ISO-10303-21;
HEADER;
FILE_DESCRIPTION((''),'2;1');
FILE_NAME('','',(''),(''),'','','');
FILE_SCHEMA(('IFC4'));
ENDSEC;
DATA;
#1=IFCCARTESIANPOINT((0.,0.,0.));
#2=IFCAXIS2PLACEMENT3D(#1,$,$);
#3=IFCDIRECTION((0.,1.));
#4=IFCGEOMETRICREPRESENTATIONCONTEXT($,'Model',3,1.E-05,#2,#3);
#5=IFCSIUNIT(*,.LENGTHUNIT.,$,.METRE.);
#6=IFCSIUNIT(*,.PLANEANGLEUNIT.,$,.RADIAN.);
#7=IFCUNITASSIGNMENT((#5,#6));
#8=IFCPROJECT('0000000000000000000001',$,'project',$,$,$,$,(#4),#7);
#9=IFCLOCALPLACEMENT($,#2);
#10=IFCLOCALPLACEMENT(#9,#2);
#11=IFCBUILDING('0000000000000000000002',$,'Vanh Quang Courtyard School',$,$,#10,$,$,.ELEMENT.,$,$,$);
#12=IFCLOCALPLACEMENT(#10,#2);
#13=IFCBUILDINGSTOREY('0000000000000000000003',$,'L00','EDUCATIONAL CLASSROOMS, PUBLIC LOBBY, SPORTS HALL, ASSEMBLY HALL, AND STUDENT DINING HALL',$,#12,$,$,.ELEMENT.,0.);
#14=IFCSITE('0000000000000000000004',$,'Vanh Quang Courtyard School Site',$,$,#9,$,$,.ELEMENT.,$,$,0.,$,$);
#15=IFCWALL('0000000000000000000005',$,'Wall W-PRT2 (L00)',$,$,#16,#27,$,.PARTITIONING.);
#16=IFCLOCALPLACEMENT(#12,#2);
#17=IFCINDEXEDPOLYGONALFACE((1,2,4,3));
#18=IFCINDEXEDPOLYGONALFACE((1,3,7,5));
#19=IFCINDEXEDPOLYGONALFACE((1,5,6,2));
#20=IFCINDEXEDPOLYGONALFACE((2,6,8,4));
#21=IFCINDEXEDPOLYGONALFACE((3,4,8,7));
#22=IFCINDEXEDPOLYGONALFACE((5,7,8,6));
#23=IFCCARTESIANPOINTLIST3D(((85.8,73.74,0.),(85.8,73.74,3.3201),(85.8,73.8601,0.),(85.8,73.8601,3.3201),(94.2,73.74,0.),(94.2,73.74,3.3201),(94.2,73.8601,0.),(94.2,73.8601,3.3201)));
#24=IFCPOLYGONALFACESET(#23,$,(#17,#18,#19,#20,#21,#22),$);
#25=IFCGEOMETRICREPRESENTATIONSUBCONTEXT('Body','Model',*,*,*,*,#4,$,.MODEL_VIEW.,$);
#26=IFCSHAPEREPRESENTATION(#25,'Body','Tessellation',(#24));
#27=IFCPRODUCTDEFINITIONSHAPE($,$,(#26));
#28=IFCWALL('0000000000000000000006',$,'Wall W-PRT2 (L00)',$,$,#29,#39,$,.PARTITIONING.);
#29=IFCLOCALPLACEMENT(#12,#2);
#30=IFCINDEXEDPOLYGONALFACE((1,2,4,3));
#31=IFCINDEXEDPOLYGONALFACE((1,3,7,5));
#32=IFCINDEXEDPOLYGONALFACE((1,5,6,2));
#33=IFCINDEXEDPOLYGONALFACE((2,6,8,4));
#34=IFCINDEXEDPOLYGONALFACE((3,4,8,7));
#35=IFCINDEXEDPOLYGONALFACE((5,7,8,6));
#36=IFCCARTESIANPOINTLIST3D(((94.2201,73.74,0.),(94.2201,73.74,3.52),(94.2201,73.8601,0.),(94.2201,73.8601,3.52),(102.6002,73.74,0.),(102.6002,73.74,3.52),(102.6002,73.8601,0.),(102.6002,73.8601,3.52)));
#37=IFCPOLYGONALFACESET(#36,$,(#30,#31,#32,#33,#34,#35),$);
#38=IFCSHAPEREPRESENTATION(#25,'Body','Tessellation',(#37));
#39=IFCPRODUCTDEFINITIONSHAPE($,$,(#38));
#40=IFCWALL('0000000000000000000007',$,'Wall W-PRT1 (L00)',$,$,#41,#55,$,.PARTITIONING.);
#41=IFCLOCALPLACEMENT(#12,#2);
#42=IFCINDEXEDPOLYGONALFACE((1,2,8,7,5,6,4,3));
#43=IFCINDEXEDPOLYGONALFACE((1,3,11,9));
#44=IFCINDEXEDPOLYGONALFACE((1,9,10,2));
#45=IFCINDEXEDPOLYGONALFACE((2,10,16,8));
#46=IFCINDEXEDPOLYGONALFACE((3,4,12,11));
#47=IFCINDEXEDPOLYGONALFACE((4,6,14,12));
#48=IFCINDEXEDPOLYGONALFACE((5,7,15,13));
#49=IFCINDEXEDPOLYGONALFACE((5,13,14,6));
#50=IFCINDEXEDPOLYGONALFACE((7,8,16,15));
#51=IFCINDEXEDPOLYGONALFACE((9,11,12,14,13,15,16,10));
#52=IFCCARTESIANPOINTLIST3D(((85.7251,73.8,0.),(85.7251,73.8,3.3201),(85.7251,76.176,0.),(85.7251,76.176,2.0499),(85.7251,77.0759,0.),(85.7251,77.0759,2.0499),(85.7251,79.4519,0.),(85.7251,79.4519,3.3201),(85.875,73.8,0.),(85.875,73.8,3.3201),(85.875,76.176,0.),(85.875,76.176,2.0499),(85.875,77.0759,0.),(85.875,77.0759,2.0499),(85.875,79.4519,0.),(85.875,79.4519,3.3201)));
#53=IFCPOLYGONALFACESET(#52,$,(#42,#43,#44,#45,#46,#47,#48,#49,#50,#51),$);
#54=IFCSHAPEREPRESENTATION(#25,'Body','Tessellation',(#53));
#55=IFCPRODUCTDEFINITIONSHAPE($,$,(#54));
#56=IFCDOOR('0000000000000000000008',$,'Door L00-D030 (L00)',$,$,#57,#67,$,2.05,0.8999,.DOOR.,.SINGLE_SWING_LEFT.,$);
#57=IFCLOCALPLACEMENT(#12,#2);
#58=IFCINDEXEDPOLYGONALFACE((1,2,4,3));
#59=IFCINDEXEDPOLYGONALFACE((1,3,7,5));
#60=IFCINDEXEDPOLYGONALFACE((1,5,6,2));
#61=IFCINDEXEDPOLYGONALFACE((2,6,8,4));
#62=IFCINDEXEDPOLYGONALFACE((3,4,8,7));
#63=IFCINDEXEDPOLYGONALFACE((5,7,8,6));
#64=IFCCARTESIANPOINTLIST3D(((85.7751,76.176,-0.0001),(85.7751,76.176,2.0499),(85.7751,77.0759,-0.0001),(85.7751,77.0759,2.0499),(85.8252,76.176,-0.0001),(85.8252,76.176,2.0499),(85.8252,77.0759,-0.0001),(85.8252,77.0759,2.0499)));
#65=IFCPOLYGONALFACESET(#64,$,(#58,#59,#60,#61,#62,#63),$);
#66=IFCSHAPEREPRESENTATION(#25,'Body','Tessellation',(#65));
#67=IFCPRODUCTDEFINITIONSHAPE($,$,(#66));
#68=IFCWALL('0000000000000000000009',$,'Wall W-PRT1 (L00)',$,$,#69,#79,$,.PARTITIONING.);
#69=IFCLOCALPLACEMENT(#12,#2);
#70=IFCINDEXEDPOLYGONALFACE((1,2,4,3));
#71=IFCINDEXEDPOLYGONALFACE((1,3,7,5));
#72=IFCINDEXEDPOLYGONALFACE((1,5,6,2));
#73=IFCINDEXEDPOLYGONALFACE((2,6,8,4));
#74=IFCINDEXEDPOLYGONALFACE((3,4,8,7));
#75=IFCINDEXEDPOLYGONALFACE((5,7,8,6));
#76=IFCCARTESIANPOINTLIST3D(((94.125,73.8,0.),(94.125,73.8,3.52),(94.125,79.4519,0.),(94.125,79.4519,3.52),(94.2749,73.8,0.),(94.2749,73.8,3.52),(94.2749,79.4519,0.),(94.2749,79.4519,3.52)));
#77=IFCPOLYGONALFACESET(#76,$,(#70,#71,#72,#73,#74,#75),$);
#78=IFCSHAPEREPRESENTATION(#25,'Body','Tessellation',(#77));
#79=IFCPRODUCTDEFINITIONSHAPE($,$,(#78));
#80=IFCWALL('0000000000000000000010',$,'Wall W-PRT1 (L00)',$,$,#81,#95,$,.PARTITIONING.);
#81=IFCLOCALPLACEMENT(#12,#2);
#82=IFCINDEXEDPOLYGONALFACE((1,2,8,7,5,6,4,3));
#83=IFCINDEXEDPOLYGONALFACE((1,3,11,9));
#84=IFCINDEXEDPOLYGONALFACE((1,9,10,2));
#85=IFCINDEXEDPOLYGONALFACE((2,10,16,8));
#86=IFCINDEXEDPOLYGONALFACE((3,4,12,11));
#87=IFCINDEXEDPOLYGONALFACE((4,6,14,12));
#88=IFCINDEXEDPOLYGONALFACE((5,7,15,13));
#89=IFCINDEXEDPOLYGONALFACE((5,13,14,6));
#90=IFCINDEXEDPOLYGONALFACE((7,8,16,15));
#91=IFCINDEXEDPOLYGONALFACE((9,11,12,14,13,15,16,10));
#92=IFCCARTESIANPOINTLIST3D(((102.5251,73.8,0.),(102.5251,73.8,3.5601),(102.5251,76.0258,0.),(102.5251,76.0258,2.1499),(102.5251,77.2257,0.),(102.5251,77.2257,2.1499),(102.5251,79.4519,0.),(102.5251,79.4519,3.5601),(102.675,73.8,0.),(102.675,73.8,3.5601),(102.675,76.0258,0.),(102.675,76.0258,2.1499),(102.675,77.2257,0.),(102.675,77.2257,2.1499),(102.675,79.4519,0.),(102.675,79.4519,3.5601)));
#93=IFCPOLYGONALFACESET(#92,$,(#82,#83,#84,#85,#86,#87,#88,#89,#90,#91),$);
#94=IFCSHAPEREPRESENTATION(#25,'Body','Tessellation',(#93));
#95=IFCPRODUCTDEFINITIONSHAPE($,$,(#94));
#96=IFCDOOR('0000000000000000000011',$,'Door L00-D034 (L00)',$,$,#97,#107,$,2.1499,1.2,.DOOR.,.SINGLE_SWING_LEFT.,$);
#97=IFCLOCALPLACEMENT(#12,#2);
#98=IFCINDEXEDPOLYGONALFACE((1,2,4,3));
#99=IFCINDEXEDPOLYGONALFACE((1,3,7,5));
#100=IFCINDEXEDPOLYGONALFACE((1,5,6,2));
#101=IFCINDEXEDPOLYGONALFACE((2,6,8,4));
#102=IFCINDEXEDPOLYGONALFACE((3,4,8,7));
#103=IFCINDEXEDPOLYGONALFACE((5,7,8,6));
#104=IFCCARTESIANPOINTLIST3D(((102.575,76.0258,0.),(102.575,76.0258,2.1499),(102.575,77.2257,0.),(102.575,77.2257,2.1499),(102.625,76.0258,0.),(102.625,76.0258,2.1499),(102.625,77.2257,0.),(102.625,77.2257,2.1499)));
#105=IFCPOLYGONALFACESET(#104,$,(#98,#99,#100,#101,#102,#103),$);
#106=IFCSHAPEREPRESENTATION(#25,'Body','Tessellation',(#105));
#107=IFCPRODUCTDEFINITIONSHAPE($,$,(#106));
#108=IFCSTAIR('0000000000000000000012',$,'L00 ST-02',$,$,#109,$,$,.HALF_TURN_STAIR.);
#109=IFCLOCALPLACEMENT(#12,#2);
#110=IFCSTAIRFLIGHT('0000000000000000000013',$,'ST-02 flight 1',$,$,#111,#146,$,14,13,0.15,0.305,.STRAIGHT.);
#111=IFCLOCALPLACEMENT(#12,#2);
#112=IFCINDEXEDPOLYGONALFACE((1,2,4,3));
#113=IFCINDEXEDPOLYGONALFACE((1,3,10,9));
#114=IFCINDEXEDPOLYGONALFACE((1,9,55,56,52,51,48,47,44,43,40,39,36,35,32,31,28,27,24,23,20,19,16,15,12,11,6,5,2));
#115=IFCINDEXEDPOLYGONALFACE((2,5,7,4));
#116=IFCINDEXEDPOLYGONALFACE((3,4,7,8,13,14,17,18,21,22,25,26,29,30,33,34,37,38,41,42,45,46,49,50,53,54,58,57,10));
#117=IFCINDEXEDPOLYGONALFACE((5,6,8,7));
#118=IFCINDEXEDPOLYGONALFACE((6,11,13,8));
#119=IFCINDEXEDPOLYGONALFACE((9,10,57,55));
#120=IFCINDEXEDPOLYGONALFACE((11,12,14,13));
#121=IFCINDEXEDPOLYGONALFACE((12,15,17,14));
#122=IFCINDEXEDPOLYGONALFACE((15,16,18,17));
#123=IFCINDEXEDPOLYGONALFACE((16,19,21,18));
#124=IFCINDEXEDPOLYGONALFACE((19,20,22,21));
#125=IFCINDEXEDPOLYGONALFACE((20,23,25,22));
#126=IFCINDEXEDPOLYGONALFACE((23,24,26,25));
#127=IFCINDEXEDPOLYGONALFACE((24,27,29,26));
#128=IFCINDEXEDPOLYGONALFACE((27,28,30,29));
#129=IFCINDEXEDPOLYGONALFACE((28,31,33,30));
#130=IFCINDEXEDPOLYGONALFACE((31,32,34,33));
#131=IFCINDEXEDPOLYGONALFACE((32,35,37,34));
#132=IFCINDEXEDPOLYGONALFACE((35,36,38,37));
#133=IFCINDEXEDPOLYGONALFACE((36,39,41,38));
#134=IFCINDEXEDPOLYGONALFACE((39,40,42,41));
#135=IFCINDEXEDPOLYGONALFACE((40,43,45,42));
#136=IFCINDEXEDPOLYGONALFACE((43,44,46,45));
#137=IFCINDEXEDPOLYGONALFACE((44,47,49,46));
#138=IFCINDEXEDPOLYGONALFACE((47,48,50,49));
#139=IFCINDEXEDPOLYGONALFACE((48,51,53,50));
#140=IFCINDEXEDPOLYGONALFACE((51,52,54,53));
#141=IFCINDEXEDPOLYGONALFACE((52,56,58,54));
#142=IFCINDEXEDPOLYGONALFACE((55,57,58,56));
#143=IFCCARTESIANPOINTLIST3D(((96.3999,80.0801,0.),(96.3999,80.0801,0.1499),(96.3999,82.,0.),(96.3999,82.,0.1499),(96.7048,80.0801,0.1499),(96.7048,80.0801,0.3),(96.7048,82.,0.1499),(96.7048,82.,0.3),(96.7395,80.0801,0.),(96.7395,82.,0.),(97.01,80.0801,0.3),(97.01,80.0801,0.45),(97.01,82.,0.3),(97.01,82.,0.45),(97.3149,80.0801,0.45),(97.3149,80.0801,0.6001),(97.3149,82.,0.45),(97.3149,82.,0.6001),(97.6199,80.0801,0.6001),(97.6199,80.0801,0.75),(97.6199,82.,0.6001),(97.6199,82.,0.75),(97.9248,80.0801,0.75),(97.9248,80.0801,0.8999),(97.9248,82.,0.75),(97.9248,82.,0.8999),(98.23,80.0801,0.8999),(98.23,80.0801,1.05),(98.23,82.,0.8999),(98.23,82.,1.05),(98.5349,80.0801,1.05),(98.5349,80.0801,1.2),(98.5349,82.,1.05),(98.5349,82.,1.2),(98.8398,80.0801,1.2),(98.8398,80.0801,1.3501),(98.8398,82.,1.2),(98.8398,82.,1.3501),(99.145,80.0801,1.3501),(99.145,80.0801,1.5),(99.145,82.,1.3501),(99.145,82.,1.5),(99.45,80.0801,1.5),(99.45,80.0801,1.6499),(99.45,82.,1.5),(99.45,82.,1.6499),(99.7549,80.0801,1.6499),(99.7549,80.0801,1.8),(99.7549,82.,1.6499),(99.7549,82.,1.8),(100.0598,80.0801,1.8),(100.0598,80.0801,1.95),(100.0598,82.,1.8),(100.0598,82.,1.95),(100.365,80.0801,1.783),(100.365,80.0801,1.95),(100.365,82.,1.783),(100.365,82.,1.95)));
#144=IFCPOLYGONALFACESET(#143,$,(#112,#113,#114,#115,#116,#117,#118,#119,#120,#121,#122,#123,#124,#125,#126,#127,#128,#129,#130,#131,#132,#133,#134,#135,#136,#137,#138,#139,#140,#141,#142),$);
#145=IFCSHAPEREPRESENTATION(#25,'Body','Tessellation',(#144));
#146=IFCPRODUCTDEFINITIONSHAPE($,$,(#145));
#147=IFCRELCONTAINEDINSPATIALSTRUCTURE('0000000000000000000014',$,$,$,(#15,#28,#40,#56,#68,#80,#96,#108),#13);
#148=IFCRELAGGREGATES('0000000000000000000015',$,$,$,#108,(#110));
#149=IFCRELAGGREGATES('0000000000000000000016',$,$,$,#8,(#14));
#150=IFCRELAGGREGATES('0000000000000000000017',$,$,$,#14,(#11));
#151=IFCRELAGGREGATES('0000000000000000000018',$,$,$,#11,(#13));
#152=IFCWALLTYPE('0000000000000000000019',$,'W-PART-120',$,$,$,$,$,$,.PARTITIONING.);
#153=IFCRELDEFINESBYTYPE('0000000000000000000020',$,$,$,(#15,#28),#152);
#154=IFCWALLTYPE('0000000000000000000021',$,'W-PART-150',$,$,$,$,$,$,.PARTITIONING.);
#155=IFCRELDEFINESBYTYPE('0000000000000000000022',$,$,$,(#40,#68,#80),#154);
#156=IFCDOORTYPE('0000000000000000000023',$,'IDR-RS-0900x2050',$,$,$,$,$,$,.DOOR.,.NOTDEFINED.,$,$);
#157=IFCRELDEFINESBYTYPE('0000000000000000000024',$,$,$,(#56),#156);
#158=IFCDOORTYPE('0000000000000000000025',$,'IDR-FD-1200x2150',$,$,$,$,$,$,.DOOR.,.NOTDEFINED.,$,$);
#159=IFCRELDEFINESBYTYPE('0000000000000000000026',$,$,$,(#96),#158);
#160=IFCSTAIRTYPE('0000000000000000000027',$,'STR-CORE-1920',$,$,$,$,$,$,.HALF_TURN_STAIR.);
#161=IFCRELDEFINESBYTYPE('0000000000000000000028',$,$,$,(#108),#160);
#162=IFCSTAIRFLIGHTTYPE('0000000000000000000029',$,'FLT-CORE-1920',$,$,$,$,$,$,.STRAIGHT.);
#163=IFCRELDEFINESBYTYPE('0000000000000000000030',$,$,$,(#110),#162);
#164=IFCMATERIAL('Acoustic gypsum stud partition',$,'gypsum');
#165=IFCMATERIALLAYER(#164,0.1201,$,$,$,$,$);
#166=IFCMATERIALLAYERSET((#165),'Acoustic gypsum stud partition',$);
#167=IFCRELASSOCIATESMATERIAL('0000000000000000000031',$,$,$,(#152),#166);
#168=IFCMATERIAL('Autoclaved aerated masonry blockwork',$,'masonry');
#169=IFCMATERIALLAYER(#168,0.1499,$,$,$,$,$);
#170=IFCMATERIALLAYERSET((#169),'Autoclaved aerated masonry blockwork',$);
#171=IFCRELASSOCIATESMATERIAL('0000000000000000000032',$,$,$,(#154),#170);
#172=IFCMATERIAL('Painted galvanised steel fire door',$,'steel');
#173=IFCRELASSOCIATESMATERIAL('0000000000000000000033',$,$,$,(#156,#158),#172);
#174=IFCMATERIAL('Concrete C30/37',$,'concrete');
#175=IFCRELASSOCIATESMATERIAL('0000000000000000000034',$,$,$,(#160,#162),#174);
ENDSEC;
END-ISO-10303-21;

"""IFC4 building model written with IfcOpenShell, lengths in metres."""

from ifc_helpers import new_model, si_unit, direction, frame, frame_2d, origin, place, context, subcontext, project, spatial, polyline, rectangle, outline, extrude, material, layer, layer_set, type_object, element, fill, aggregate, save


model = new_model("IFC4")

# Units and contexts
model_context = context("Model", 3, precision=1e-05, world=origin(), true_north=direction((0.0, 1.0)))
body_context = subcontext(model_context, "Body", "Model", "MODEL_VIEW")
ifc_project = project(units=[si_unit("LENGTHUNIT", "METRE"), si_unit("PLANEANGLEUNIT", "RADIAN")], contexts=[model_context])

# Site, building, storey
site_placement = place(None, origin())
site = spatial("IfcSite", under=ifc_project, at=site_placement, Name="Vanh Quang Courtyard School Site", CompositionType="ELEMENT", RefElevation=0.0)
building_placement = place(site_placement, origin())
building = spatial("IfcBuilding", under=site, at=building_placement, Name="Vanh Quang Courtyard School", CompositionType="ELEMENT")
storey_placement = place(building_placement, origin())
storey = spatial("IfcBuildingStorey", under=building, at=storey_placement, Name="L00", Description="EDUCATIONAL CLASSROOMS, PUBLIC LOBBY, SPORTS HALL, ASSEMBLY HALL, AND STUDENT DINING HALL", CompositionType="ELEMENT", Elevation=0.0)

# Shared definitions
ifc_material_1 = material(Name="Concrete C30/37", Category="concrete")

# Walls
ifc_material_2 = material(Name="Acoustic gypsum stud partition", Category="gypsum")
ifc_layer_1 = layer(ifc_material_2, 0.1201)
ifc_layer_set_1 = layer_set([ifc_layer_1], Name="Acoustic gypsum stud partition")
wall_type_1 = type_object("IfcWallType", Name="W-PART-120", PredefinedType="PARTITIONING", material=ifc_layer_set_1)
wall_1_placement = place(storey_placement, frame((94.2, 73.8, 0.0), z_axis=(0.0, 0.0, 1.0), x_axis=(-1.0, 0.0, 0.0)))
element("IfcWall", 1, at=wall_1_placement, inside=storey, type_object=wall_type_1, Name="Wall W-PRT2 (L00)", PredefinedType="PARTITIONING", context=body_context, shape_type="SweptSolid", body=[
    extrude(rectangle(XDim=8.3999, YDim=0.1201, at=frame_2d((4.2, 0.0))), origin(), (0.0, 0.0, 1.0), 3.3201),
])
wall_2_placement = place(storey_placement, frame((102.6001, 73.8, 0.0), z_axis=(0.0, 0.0, 1.0), x_axis=(-1.0, 0.0, 0.0)))
element("IfcWall", 2, at=wall_2_placement, inside=storey, type_object=wall_type_1, Name="Wall W-PRT2 (L00)", PredefinedType="PARTITIONING", context=body_context, shape_type="SweptSolid", body=[
    extrude(rectangle(XDim=8.3801, YDim=0.1201, at=frame_2d((4.1899, 0.0))), origin(), (0.0, 0.0, 1.0), 3.52),
])

# Wall, opening, door
ifc_material_3 = material(Name="Autoclaved aerated masonry blockwork", Category="masonry")
ifc_layer_2 = layer(ifc_material_3, 0.1499)
ifc_layer_set_2 = layer_set([ifc_layer_2], Name="Autoclaved aerated masonry blockwork")
wall_type_2 = type_object("IfcWallType", Name="W-PART-150", PredefinedType="PARTITIONING", material=ifc_layer_set_2)
wall_3_placement = place(storey_placement, frame((85.8, 73.8, 0.0), z_axis=(0.0, 0.0, 1.0), x_axis=(0.0, 1.0, 0.0)))
wall_3 = element("IfcWall", 3, at=wall_3_placement, inside=storey, type_object=wall_type_2, Name="Wall W-PRT1 (L00)", PredefinedType="PARTITIONING", context=body_context, shape_type="SweptSolid", body=[
    extrude(rectangle(XDim=5.6519, YDim=0.1499, at=frame_2d((2.8259, 0.0))), origin(), (0.0, 0.0, 1.0), 3.3201),
])
opening_1_placement = place(wall_3_placement, frame((2.376, 0.0, 0.0)))
opening_1 = element("IfcOpeningElement", 4, at=opening_1_placement, cuts=wall_3, PredefinedType="OPENING", context=body_context, shape_type="SweptSolid", body=[
    extrude(rectangle(XDim=0.8999, YDim=2.05, at=frame_2d((0.45, 1.0249))), frame((0.0, 0.085, 0.0), z_axis=(0.0, -1.0, 0.0), x_axis=(1.0, 0.0, 0.0)), (0.0, 0.0, 1.0), 0.1699),
])
ifc_material_4 = material(Name="Painted galvanised steel fire door", Category="steel")
door_type_1 = type_object("IfcDoorType", Name="IDR-RS-0900x2050", OperationType="NOTDEFINED", PredefinedType="DOOR", material=ifc_material_4)
door_1_placement = place(opening_1_placement, origin())
door_1 = element("IfcDoor", 5, at=door_1_placement, inside=storey, type_object=door_type_1, Name="Door L00-D030 (L00)", OperationType="SINGLE_SWING_LEFT", OverallHeight=2.05, OverallWidth=0.8999, PredefinedType="DOOR", context=body_context, shape_type="SweptSolid", body=[
    extrude(rectangle(XDim=0.8999, YDim=2.05, at=frame_2d((0.45, 1.0249))), frame((0.0, 0.0249, 0.0), z_axis=(0.0, -1.0, 0.0), x_axis=(1.0, 0.0, 0.0)), (0.0, 0.0, 1.0), 0.05),
])
fill(opening_1, door_1)

# Wall
wall_4_placement = place(storey_placement, frame((94.2, 79.4519, 0.0), z_axis=(0.0, 0.0, 1.0), x_axis=(0.0, -1.0, 0.0)))
element("IfcWall", 6, at=wall_4_placement, inside=storey, type_object=wall_type_2, Name="Wall W-PRT1 (L00)", PredefinedType="PARTITIONING", context=body_context, shape_type="SweptSolid", body=[
    extrude(rectangle(XDim=5.6519, YDim=0.1499, at=frame_2d((2.8259, 0.0))), origin(), (0.0, 0.0, 1.0), 3.52),
])

# Wall, opening, door
wall_5_placement = place(storey_placement, frame((102.6001, 79.4519, 0.0), z_axis=(0.0, 0.0, 1.0), x_axis=(0.0, -1.0, 0.0)))
wall_5 = element("IfcWall", 7, at=wall_5_placement, inside=storey, type_object=wall_type_2, Name="Wall W-PRT1 (L00)", PredefinedType="PARTITIONING", context=body_context, shape_type="SweptSolid", body=[
    extrude(rectangle(XDim=5.6519, YDim=0.1499, at=frame_2d((2.8259, 0.0))), origin(), (0.0, 0.0, 1.0), 3.5601),
])
opening_2_placement = place(wall_5_placement, frame((2.2261, 0.0, 0.0)))
opening_2 = element("IfcOpeningElement", 8, at=opening_2_placement, cuts=wall_5, PredefinedType="OPENING", context=body_context, shape_type="SweptSolid", body=[
    extrude(rectangle(XDim=1.2, YDim=2.1499, at=frame_2d((0.6001, 1.075))), frame((0.0, 0.085, 0.0), z_axis=(0.0, -1.0, 0.0), x_axis=(1.0, 0.0, 0.0)), (0.0, 0.0, 1.0), 0.1699),
])
door_type_2 = type_object("IfcDoorType", Name="IDR-FD-1200x2150", OperationType="NOTDEFINED", PredefinedType="DOOR", material=ifc_material_4)
door_2_placement = place(opening_2_placement, origin())
door_2 = element("IfcDoor", 9, at=door_2_placement, inside=storey, type_object=door_type_2, Name="Door L00-D034 (L00)", OperationType="SINGLE_SWING_LEFT", OverallHeight=2.1499, OverallWidth=1.2, PredefinedType="DOOR", context=body_context, shape_type="SweptSolid", body=[
    extrude(rectangle(XDim=1.2, YDim=2.1499, at=frame_2d((0.6001, 1.075))), frame((0.0, 0.0249, 0.0), z_axis=(0.0, -1.0, 0.0), x_axis=(1.0, 0.0, 0.0)), (0.0, 0.0, 1.0), 0.05),
])
fill(opening_2, door_2)

# Stair, stair flight
stair_type = type_object("IfcStairType", Name="STR-CORE-1920", PredefinedType="HALF_TURN_STAIR", material=ifc_material_1)
stair_placement = place(storey_placement, origin())
stair = element("IfcStair", 10, at=stair_placement, inside=storey, type_object=stair_type, Name="L00 ST-02", PredefinedType="HALF_TURN_STAIR")
stair_flight_type = type_object("IfcStairFlightType", Name="FLT-CORE-1920", PredefinedType="STRAIGHT", material=ifc_material_1)
stair_flight_placement = place(storey_placement, frame((96.3999, 81.04, 0.0), z_axis=(0.0, 0.0, 1.0), x_axis=(1.0, 0.0, 0.0)))
stair_flight = element("IfcStairFlight", 11, at=stair_flight_placement, type_object=stair_flight_type, Name="ST-02 flight 1", NumberOfRisers=14, NumberOfTreads=13, PredefinedType="STRAIGHT", RiserHeight=0.15, TreadLength=0.305, context=body_context, shape_type="SweptSolid", body=[
    extrude(outline(polyline([(0.0, 0.0), (0.0, 0.1499), (0.3049, 0.1499), (0.3049, 0.3), (0.6101, 0.3), (0.6101, 0.45), (0.915, 0.45), (0.915, 0.6001), (1.22, 0.6001), (1.22, 0.75), (1.5249, 0.75), (1.5249, 0.8999), (1.8301, 0.8999), (1.8301, 1.05), (2.135, 1.05), (2.135, 1.2), (2.4399, 1.2), (2.4399, 1.3501), (2.7451, 1.3501), (2.7451, 1.5), (3.05, 1.5), (3.05, 1.6499), (3.355, 1.6499), (3.355, 1.8), (3.6599, 1.8), (3.6599, 1.95), (3.9651, 1.95), (3.9651, 2.1001), (3.9651, 1.783), (0.3396, 0.0), (0.0, 0.0)])), frame((0.0, 0.96, 0.0), z_axis=(0.0, -1.0, 0.0), x_axis=(1.0, 0.0, 0.0)), (0.0, 0.0, 1.0), 1.9199),
])
aggregate(stair, [stair_flight])

save(model, "model.ifc")
